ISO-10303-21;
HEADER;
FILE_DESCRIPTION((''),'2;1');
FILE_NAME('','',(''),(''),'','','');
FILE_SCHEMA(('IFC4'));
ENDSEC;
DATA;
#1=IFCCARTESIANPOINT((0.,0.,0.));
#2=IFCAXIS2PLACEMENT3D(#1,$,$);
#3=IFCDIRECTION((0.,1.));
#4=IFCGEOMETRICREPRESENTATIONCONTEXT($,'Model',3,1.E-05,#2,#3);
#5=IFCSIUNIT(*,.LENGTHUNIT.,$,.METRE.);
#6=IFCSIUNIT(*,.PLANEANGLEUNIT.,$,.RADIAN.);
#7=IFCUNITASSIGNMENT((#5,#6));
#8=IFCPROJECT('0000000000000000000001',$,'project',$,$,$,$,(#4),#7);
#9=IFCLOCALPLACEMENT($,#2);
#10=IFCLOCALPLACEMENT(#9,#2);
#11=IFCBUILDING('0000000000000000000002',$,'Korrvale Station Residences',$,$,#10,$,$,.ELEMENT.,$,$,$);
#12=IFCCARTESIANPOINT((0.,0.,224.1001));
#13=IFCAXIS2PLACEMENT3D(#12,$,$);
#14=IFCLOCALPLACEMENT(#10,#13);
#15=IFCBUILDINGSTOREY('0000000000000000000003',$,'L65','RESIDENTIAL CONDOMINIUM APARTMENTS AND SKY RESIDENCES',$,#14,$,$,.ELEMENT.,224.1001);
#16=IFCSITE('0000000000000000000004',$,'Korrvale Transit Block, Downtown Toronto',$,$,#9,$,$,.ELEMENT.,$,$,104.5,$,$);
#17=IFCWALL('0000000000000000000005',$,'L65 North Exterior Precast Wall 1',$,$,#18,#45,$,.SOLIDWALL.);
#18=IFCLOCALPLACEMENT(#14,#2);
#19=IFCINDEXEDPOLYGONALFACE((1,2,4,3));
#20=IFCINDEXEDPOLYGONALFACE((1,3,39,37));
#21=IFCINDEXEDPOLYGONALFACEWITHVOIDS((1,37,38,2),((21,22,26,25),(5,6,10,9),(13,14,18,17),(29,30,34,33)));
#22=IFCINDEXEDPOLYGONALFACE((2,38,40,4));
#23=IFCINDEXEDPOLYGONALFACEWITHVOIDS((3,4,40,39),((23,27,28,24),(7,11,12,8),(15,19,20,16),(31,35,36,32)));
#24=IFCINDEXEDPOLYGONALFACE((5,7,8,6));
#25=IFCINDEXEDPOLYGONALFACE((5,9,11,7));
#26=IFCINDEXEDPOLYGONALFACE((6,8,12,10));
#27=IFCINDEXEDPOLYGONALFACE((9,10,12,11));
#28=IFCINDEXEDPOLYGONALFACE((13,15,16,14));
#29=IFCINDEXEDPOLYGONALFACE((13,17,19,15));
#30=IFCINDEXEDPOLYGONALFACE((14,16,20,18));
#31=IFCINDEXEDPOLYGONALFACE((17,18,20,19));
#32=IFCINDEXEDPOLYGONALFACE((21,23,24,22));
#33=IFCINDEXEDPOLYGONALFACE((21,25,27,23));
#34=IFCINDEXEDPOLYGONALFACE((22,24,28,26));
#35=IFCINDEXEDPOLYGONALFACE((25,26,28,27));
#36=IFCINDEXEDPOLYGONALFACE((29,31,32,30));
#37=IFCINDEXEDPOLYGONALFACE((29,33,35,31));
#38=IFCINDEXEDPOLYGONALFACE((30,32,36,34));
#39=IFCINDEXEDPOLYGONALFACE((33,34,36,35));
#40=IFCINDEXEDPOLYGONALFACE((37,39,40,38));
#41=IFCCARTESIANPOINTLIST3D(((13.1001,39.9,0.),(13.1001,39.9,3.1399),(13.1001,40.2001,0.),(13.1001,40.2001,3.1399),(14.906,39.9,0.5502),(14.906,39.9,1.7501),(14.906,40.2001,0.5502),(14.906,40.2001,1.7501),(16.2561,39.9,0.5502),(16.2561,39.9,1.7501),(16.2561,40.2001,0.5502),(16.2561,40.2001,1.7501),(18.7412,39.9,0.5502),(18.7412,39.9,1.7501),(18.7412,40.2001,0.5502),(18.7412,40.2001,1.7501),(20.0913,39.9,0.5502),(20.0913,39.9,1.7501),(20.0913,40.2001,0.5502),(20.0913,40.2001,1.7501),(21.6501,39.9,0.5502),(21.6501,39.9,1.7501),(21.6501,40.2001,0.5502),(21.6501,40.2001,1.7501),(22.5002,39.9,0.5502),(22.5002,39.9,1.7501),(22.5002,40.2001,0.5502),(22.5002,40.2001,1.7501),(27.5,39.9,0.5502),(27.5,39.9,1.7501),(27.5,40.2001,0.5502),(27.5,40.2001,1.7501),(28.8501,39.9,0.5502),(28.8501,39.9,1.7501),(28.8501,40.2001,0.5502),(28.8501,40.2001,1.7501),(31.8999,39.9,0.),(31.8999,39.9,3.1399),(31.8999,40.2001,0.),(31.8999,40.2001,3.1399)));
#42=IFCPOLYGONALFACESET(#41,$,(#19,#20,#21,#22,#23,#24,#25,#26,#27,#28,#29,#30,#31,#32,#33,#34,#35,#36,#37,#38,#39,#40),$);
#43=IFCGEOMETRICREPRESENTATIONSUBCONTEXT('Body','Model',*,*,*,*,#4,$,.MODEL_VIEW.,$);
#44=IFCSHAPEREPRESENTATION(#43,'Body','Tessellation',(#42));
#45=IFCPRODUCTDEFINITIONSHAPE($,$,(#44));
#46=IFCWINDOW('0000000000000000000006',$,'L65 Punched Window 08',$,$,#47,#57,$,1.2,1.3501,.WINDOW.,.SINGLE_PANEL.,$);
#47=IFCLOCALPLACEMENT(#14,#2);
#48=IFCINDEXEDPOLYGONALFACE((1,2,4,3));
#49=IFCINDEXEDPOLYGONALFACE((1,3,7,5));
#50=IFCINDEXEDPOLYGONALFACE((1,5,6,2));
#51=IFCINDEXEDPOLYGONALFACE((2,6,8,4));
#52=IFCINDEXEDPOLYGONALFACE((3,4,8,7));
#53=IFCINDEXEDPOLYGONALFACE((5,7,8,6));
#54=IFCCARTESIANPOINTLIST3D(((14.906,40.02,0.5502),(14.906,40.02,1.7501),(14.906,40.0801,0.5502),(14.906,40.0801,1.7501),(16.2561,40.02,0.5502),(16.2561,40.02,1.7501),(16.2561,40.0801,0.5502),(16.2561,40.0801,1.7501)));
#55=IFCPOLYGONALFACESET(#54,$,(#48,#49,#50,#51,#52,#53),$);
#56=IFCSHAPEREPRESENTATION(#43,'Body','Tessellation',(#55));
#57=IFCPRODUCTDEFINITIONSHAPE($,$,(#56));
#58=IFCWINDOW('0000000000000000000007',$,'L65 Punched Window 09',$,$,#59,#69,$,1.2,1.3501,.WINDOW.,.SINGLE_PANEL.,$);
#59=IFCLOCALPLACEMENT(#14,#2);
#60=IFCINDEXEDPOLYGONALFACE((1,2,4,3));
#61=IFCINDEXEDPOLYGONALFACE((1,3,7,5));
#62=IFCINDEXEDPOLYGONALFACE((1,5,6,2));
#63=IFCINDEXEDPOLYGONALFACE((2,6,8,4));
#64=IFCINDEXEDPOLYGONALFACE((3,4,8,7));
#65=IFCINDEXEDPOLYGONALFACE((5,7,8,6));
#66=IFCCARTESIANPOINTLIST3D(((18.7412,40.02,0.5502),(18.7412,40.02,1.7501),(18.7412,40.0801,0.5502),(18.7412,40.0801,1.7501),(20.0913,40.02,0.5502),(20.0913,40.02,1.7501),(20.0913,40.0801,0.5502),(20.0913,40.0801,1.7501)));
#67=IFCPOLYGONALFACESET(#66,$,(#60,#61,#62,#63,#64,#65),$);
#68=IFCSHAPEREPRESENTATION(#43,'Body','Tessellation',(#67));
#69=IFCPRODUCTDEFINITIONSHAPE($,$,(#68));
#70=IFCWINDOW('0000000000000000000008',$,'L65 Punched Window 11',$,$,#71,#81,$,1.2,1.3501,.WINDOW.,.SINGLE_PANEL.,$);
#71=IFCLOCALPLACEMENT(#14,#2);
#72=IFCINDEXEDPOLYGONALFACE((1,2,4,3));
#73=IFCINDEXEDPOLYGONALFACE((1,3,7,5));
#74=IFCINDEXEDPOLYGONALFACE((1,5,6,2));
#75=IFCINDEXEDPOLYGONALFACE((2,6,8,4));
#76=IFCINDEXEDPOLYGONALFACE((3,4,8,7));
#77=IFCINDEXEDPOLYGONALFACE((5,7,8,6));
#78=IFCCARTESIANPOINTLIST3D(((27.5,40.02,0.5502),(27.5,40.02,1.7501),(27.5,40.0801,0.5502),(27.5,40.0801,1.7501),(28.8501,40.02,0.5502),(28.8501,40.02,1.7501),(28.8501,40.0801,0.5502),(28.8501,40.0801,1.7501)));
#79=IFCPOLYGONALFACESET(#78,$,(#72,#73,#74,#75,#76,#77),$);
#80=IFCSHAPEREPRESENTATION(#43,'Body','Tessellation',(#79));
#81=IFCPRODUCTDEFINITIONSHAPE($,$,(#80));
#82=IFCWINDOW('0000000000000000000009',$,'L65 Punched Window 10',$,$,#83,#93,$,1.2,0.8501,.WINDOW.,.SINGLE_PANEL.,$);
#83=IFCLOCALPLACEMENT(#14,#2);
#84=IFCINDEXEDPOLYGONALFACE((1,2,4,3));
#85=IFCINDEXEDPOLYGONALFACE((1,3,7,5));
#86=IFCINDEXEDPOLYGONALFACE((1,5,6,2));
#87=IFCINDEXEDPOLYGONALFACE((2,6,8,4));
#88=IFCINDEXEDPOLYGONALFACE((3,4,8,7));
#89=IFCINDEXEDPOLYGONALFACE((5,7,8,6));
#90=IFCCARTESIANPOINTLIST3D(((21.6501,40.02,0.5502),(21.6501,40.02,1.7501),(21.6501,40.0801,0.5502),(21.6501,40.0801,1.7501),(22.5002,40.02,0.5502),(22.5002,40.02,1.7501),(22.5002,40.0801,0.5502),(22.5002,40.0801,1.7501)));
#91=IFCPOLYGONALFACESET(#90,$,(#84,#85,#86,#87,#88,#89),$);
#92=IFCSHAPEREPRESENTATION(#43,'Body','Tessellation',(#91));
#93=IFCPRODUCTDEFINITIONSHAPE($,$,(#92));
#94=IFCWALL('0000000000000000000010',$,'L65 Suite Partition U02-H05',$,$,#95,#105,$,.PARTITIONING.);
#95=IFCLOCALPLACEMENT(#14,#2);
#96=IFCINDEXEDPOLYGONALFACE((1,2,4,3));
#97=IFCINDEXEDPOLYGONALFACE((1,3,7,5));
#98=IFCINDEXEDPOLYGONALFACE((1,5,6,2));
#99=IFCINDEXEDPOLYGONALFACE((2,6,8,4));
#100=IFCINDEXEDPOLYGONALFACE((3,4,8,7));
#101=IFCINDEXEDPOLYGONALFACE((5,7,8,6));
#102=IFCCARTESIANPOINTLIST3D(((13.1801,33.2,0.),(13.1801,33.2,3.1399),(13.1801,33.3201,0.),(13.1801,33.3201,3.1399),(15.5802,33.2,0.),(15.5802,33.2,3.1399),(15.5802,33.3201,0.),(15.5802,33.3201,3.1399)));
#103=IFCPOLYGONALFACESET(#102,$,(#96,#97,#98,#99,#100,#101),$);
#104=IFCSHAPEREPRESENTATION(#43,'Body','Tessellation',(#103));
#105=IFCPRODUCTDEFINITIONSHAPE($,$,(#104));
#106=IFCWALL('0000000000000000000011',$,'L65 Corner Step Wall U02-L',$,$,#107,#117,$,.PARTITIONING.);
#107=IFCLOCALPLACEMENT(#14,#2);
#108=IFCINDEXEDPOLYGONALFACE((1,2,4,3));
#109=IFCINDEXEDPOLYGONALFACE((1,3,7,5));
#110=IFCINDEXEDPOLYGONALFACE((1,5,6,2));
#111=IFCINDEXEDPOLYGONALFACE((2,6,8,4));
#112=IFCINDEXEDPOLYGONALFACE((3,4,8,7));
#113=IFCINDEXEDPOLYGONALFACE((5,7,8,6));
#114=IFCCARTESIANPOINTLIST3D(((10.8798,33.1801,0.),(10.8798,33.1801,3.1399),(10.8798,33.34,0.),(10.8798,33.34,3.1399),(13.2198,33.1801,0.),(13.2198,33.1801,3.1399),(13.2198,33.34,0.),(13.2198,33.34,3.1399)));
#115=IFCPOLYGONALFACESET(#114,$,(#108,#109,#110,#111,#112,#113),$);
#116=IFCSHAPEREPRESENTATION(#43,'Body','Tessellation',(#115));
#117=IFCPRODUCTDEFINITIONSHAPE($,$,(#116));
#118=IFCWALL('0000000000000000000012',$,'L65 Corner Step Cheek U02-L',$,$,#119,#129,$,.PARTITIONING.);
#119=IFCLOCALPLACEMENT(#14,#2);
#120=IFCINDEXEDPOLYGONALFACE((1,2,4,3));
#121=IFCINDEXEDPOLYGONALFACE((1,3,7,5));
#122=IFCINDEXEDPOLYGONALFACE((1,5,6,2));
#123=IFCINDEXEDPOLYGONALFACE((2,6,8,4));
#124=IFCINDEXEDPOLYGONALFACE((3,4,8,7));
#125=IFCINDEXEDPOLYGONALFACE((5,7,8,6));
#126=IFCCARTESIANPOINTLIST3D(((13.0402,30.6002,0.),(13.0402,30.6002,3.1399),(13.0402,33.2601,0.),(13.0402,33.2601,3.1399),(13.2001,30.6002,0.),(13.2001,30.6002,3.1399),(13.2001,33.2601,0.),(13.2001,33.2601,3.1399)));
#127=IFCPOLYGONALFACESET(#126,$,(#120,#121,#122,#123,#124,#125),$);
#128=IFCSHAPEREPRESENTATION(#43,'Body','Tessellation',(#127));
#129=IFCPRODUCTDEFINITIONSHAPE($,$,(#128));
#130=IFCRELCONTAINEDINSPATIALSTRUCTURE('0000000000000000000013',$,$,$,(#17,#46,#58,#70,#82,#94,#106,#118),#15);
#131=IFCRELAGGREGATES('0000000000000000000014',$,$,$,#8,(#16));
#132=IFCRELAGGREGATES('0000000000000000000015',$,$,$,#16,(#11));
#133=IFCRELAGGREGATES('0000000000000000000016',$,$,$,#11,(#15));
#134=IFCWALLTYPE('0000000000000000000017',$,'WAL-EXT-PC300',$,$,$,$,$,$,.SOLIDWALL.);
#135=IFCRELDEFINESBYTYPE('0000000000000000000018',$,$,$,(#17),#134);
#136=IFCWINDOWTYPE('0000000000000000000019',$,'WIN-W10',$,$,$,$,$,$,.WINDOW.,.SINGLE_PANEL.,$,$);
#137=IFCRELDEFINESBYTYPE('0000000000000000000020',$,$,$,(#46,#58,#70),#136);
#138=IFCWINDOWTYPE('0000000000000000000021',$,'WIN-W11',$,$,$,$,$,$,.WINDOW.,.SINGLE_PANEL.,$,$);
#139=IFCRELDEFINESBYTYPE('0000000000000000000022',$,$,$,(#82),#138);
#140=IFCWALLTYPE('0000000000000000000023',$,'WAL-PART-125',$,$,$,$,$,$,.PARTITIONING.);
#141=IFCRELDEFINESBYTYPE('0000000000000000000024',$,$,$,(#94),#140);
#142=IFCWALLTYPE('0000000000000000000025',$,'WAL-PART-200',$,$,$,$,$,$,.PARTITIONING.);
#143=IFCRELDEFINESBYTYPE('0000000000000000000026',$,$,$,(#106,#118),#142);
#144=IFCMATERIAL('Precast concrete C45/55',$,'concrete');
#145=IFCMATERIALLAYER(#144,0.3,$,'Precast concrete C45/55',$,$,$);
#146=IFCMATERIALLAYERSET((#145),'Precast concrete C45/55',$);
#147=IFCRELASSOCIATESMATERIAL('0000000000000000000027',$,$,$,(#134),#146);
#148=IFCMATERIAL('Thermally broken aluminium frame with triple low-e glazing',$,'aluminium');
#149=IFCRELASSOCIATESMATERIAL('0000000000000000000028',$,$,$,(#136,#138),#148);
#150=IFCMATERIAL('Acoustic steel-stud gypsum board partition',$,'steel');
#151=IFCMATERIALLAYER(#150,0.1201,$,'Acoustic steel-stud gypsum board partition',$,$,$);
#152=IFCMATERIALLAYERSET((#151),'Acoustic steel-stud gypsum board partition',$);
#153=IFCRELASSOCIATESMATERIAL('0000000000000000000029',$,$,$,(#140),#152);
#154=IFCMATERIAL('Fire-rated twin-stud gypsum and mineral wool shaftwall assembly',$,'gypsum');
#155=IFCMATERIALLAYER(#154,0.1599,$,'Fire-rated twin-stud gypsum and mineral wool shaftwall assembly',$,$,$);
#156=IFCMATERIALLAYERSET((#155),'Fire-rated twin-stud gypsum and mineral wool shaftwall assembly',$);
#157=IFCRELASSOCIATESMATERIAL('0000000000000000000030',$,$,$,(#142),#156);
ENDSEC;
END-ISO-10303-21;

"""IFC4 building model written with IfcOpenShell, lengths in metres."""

from ifc_helpers import new_model, si_unit, direction, frame, frame_2d, origin, place, context, subcontext, project, spatial, rectangle, extrude, material, layer, layer_set, type_object, element, fill, save


model = new_model("IFC4")

# Units and contexts
model_context = context("Model", 3, precision=1e-05, world=origin(), true_north=direction((0.0, 1.0)))
body_context = subcontext(model_context, "Body", "Model", "MODEL_VIEW")
ifc_project = project(units=[si_unit("LENGTHUNIT", "METRE"), si_unit("PLANEANGLEUNIT", "RADIAN")], contexts=[model_context])

# Site, building, storey
site_placement = place(None, origin())
site = spatial("IfcSite", under=ifc_project, at=site_placement, Name="Korrvale Transit Block, Downtown Toronto", CompositionType="ELEMENT", RefElevation=104.5)
building_placement = place(site_placement, origin())
building = spatial("IfcBuilding", under=site, at=building_placement, Name="Korrvale Station Residences", CompositionType="ELEMENT")
storey_placement = place(building_placement, frame((0.0, 0.0, 224.1001)))
storey = spatial("IfcBuildingStorey", under=building, at=storey_placement, Name="L65", Description="RESIDENTIAL CONDOMINIUM APARTMENTS AND SKY RESIDENCES", CompositionType="ELEMENT", Elevation=224.1001)

# Shared definitions
ifc_material_1 = material(Name="Precast concrete C45/55", Category="concrete")

# Wall, openings, windows
ifc_layer_1 = layer(ifc_material_1, 0.3, Name="Precast concrete C45/55")
ifc_layer_set_1 = layer_set([ifc_layer_1], Name="Precast concrete C45/55")
wall_type_1 = type_object("IfcWallType", Name="WAL-EXT-PC300", PredefinedType="SOLIDWALL", material=ifc_layer_set_1)
wall_1_placement = place(storey_placement, frame((13.1001, 40.05, 0.0), z_axis=(0.0, 0.0, 1.0), x_axis=(1.0, 0.0, 0.0)))
wall_1 = element("IfcWall", 1, at=wall_1_placement, inside=storey, type_object=wall_type_1, Name="L65 North Exterior Precast Wall 1", PredefinedType="SOLIDWALL", context=body_context, shape_type="SweptSolid", body=[
    extrude(rectangle(XDim=18.7998, YDim=0.3, at=frame_2d((9.3999, 0.0))), origin(), (0.0, 0.0, 1.0), 3.1399),
])
opening_1_placement = place(wall_1_placement, frame((1.8059, 0.0, 0.55)))
opening_1 = element("IfcOpeningElement", 2, at=opening_1_placement, cuts=wall_1, PredefinedType="OPENING", context=body_context, shape_type="SweptSolid", body=[
    extrude(rectangle(XDim=1.3501, YDim=1.2, at=frame_2d((0.675, 0.6001))), frame((0.0, 0.1602, 0.0), z_axis=(0.0, -1.0, 0.0), x_axis=(1.0, 0.0, 0.0)), (0.0, 0.0, 1.0), 0.3201),
])
opening_2_placement = place(wall_1_placement, frame((5.6411, 0.0, 0.55)))
opening_2 = element("IfcOpeningElement", 3, at=opening_2_placement, cuts=wall_1, PredefinedType="OPENING", context=body_context, shape_type="SweptSolid", body=[
    extrude(rectangle(XDim=1.3501, YDim=1.2, at=frame_2d((0.675, 0.6001))), frame((0.0, 0.1602, 0.0), z_axis=(0.0, -1.0, 0.0), x_axis=(1.0, 0.0, 0.0)), (0.0, 0.0, 1.0), 0.3201),
])
opening_3_placement = place(wall_1_placement, frame((8.55, 0.0, 0.55)))
opening_3 = element("IfcOpeningElement", 4, at=opening_3_placement, cuts=wall_1, PredefinedType="OPENING", context=body_context, shape_type="SweptSolid", body=[
    extrude(rectangle(XDim=0.8501, YDim=1.2, at=frame_2d((0.425, 0.6001))), frame((0.0, 0.1602, 0.0), z_axis=(0.0, -1.0, 0.0), x_axis=(1.0, 0.0, 0.0)), (0.0, 0.0, 1.0), 0.3201),
])
opening_4_placement = place(wall_1_placement, frame((14.3999, 0.0, 0.55)))
opening_4 = element("IfcOpeningElement", 5, at=opening_4_placement, cuts=wall_1, PredefinedType="OPENING", context=body_context, shape_type="SweptSolid", body=[
    extrude(rectangle(XDim=1.3501, YDim=1.2, at=frame_2d((0.675, 0.6001))), frame((0.0, 0.1602, 0.0), z_axis=(0.0, -1.0, 0.0), x_axis=(1.0, 0.0, 0.0)), (0.0, 0.0, 1.0), 0.3201),
])
ifc_material_2 = material(Name="Thermally broken aluminium frame with triple low-e glazing", Category="aluminium")
window_type_1 = type_object("IfcWindowType", Name="WIN-W10", PartitioningType="SINGLE_PANEL", PredefinedType="WINDOW", material=ifc_material_2)
window_1_placement = place(opening_1_placement, origin())
window_1 = element("IfcWindow", 6, at=window_1_placement, inside=storey, type_object=window_type_1, Name="L65 Punched Window 08", OverallHeight=1.2, OverallWidth=1.3501, PartitioningType="SINGLE_PANEL", PredefinedType="WINDOW", context=body_context, shape_type="SweptSolid", body=[
    extrude(rectangle(XDim=1.3501, YDim=1.2, at=frame_2d((0.675, 0.6001))), frame((0.0, 0.03, 0.0), z_axis=(0.0, -1.0, 0.0), x_axis=(1.0, 0.0, 0.0)), (0.0, 0.0, 1.0), 0.0601),
])
fill(opening_1, window_1)
window_2_placement = place(opening_2_placement, origin())
window_2 = element("IfcWindow", 7, at=window_2_placement, inside=storey, type_object=window_type_1, Name="L65 Punched Window 09", OverallHeight=1.2, OverallWidth=1.3501, PartitioningType="SINGLE_PANEL", PredefinedType="WINDOW", context=body_context, shape_type="SweptSolid", body=[
    extrude(rectangle(XDim=1.3501, YDim=1.2, at=frame_2d((0.675, 0.6001))), frame((0.0, 0.03, 0.0), z_axis=(0.0, -1.0, 0.0), x_axis=(1.0, 0.0, 0.0)), (0.0, 0.0, 1.0), 0.0601),
])
fill(opening_2, window_2)
window_3_placement = place(opening_4_placement, origin())
window_3 = element("IfcWindow", 8, at=window_3_placement, inside=storey, type_object=window_type_1, Name="L65 Punched Window 11", OverallHeight=1.2, OverallWidth=1.3501, PartitioningType="SINGLE_PANEL", PredefinedType="WINDOW", context=body_context, shape_type="SweptSolid", body=[
    extrude(rectangle(XDim=1.3501, YDim=1.2, at=frame_2d((0.675, 0.6001))), frame((0.0, 0.03, 0.0), z_axis=(0.0, -1.0, 0.0), x_axis=(1.0, 0.0, 0.0)), (0.0, 0.0, 1.0), 0.0601),
])
fill(opening_4, window_3)
window_type_2 = type_object("IfcWindowType", Name="WIN-W11", PartitioningType="SINGLE_PANEL", PredefinedType="WINDOW", material=ifc_material_2)
window_4_placement = place(opening_3_placement, origin())
window_4 = element("IfcWindow", 9, at=window_4_placement, inside=storey, type_object=window_type_2, Name="L65 Punched Window 10", OverallHeight=1.2, OverallWidth=0.8501, PartitioningType="SINGLE_PANEL", PredefinedType="WINDOW", context=body_context, shape_type="SweptSolid", body=[
    extrude(rectangle(XDim=0.8501, YDim=1.2, at=frame_2d((0.425, 0.6001))), frame((0.0, 0.03, 0.0), z_axis=(0.0, -1.0, 0.0), x_axis=(1.0, 0.0, 0.0)), (0.0, 0.0, 1.0), 0.0601),
])
fill(opening_3, window_4)

# Walls
ifc_material_3 = material(Name="Acoustic steel-stud gypsum board partition", Category="steel")
ifc_layer_2 = layer(ifc_material_3, 0.1201, Name="Acoustic steel-stud gypsum board partition")
ifc_layer_set_2 = layer_set([ifc_layer_2], Name="Acoustic steel-stud gypsum board partition")
wall_type_2 = type_object("IfcWallType", Name="WAL-PART-125", PredefinedType="PARTITIONING", material=ifc_layer_set_2)
wall_2_placement = place(storey_placement, frame((13.1799, 33.26, 0.0), z_axis=(0.0, 0.0, 1.0), x_axis=(1.0, 0.0, 0.0)))
element("IfcWall", 10, at=wall_2_placement, inside=storey, type_object=wall_type_2, Name="L65 Suite Partition U02-H05", PredefinedType="PARTITIONING", context=body_context, shape_type="SweptSolid", body=[
    extrude(rectangle(XDim=2.4001, YDim=0.1201, at=frame_2d((1.2002, 0.0))), origin(), (0.0, 0.0, 1.0), 3.1399),
])
ifc_material_4 = material(Name="Fire-rated twin-stud gypsum and mineral wool shaftwall assembly", Category="gypsum")
ifc_layer_3 = layer(ifc_material_4, 0.1599, Name="Fire-rated twin-stud gypsum and mineral wool shaftwall assembly")
ifc_layer_set_3 = layer_set([ifc_layer_3], Name="Fire-rated twin-stud gypsum and mineral wool shaftwall assembly")
wall_type_3 = type_object("IfcWallType", Name="WAL-PART-200", PredefinedType="PARTITIONING", material=ifc_layer_set_3)
wall_3_placement = place(storey_placement, frame((10.8799, 33.26, 0.0), z_axis=(0.0, 0.0, 1.0), x_axis=(1.0, 0.0, 0.0)))
element("IfcWall", 11, at=wall_3_placement, inside=storey, type_object=wall_type_3, Name="L65 Corner Step Wall U02-L", PredefinedType="PARTITIONING", context=body_context, shape_type="SweptSolid", body=[
    extrude(rectangle(XDim=2.3401, YDim=0.1599, at=frame_2d((1.1699, 0.0))), origin(), (0.0, 0.0, 1.0), 3.1399),
])
wall_4_placement = place(storey_placement, frame((13.1201, 30.6001, 0.0), z_axis=(0.0, 0.0, 1.0), x_axis=(0.0, 1.0, 0.0)))
element("IfcWall", 12, at=wall_4_placement, inside=storey, type_object=wall_type_3, Name="L65 Corner Step Cheek U02-L", PredefinedType="PARTITIONING", context=body_context, shape_type="SweptSolid", body=[
    extrude(rectangle(XDim=2.6599, YDim=0.1599, at=frame_2d((1.3301, 0.0))), origin(), (0.0, 0.0, 1.0), 3.1399),
])

save(model, "model.ifc")
